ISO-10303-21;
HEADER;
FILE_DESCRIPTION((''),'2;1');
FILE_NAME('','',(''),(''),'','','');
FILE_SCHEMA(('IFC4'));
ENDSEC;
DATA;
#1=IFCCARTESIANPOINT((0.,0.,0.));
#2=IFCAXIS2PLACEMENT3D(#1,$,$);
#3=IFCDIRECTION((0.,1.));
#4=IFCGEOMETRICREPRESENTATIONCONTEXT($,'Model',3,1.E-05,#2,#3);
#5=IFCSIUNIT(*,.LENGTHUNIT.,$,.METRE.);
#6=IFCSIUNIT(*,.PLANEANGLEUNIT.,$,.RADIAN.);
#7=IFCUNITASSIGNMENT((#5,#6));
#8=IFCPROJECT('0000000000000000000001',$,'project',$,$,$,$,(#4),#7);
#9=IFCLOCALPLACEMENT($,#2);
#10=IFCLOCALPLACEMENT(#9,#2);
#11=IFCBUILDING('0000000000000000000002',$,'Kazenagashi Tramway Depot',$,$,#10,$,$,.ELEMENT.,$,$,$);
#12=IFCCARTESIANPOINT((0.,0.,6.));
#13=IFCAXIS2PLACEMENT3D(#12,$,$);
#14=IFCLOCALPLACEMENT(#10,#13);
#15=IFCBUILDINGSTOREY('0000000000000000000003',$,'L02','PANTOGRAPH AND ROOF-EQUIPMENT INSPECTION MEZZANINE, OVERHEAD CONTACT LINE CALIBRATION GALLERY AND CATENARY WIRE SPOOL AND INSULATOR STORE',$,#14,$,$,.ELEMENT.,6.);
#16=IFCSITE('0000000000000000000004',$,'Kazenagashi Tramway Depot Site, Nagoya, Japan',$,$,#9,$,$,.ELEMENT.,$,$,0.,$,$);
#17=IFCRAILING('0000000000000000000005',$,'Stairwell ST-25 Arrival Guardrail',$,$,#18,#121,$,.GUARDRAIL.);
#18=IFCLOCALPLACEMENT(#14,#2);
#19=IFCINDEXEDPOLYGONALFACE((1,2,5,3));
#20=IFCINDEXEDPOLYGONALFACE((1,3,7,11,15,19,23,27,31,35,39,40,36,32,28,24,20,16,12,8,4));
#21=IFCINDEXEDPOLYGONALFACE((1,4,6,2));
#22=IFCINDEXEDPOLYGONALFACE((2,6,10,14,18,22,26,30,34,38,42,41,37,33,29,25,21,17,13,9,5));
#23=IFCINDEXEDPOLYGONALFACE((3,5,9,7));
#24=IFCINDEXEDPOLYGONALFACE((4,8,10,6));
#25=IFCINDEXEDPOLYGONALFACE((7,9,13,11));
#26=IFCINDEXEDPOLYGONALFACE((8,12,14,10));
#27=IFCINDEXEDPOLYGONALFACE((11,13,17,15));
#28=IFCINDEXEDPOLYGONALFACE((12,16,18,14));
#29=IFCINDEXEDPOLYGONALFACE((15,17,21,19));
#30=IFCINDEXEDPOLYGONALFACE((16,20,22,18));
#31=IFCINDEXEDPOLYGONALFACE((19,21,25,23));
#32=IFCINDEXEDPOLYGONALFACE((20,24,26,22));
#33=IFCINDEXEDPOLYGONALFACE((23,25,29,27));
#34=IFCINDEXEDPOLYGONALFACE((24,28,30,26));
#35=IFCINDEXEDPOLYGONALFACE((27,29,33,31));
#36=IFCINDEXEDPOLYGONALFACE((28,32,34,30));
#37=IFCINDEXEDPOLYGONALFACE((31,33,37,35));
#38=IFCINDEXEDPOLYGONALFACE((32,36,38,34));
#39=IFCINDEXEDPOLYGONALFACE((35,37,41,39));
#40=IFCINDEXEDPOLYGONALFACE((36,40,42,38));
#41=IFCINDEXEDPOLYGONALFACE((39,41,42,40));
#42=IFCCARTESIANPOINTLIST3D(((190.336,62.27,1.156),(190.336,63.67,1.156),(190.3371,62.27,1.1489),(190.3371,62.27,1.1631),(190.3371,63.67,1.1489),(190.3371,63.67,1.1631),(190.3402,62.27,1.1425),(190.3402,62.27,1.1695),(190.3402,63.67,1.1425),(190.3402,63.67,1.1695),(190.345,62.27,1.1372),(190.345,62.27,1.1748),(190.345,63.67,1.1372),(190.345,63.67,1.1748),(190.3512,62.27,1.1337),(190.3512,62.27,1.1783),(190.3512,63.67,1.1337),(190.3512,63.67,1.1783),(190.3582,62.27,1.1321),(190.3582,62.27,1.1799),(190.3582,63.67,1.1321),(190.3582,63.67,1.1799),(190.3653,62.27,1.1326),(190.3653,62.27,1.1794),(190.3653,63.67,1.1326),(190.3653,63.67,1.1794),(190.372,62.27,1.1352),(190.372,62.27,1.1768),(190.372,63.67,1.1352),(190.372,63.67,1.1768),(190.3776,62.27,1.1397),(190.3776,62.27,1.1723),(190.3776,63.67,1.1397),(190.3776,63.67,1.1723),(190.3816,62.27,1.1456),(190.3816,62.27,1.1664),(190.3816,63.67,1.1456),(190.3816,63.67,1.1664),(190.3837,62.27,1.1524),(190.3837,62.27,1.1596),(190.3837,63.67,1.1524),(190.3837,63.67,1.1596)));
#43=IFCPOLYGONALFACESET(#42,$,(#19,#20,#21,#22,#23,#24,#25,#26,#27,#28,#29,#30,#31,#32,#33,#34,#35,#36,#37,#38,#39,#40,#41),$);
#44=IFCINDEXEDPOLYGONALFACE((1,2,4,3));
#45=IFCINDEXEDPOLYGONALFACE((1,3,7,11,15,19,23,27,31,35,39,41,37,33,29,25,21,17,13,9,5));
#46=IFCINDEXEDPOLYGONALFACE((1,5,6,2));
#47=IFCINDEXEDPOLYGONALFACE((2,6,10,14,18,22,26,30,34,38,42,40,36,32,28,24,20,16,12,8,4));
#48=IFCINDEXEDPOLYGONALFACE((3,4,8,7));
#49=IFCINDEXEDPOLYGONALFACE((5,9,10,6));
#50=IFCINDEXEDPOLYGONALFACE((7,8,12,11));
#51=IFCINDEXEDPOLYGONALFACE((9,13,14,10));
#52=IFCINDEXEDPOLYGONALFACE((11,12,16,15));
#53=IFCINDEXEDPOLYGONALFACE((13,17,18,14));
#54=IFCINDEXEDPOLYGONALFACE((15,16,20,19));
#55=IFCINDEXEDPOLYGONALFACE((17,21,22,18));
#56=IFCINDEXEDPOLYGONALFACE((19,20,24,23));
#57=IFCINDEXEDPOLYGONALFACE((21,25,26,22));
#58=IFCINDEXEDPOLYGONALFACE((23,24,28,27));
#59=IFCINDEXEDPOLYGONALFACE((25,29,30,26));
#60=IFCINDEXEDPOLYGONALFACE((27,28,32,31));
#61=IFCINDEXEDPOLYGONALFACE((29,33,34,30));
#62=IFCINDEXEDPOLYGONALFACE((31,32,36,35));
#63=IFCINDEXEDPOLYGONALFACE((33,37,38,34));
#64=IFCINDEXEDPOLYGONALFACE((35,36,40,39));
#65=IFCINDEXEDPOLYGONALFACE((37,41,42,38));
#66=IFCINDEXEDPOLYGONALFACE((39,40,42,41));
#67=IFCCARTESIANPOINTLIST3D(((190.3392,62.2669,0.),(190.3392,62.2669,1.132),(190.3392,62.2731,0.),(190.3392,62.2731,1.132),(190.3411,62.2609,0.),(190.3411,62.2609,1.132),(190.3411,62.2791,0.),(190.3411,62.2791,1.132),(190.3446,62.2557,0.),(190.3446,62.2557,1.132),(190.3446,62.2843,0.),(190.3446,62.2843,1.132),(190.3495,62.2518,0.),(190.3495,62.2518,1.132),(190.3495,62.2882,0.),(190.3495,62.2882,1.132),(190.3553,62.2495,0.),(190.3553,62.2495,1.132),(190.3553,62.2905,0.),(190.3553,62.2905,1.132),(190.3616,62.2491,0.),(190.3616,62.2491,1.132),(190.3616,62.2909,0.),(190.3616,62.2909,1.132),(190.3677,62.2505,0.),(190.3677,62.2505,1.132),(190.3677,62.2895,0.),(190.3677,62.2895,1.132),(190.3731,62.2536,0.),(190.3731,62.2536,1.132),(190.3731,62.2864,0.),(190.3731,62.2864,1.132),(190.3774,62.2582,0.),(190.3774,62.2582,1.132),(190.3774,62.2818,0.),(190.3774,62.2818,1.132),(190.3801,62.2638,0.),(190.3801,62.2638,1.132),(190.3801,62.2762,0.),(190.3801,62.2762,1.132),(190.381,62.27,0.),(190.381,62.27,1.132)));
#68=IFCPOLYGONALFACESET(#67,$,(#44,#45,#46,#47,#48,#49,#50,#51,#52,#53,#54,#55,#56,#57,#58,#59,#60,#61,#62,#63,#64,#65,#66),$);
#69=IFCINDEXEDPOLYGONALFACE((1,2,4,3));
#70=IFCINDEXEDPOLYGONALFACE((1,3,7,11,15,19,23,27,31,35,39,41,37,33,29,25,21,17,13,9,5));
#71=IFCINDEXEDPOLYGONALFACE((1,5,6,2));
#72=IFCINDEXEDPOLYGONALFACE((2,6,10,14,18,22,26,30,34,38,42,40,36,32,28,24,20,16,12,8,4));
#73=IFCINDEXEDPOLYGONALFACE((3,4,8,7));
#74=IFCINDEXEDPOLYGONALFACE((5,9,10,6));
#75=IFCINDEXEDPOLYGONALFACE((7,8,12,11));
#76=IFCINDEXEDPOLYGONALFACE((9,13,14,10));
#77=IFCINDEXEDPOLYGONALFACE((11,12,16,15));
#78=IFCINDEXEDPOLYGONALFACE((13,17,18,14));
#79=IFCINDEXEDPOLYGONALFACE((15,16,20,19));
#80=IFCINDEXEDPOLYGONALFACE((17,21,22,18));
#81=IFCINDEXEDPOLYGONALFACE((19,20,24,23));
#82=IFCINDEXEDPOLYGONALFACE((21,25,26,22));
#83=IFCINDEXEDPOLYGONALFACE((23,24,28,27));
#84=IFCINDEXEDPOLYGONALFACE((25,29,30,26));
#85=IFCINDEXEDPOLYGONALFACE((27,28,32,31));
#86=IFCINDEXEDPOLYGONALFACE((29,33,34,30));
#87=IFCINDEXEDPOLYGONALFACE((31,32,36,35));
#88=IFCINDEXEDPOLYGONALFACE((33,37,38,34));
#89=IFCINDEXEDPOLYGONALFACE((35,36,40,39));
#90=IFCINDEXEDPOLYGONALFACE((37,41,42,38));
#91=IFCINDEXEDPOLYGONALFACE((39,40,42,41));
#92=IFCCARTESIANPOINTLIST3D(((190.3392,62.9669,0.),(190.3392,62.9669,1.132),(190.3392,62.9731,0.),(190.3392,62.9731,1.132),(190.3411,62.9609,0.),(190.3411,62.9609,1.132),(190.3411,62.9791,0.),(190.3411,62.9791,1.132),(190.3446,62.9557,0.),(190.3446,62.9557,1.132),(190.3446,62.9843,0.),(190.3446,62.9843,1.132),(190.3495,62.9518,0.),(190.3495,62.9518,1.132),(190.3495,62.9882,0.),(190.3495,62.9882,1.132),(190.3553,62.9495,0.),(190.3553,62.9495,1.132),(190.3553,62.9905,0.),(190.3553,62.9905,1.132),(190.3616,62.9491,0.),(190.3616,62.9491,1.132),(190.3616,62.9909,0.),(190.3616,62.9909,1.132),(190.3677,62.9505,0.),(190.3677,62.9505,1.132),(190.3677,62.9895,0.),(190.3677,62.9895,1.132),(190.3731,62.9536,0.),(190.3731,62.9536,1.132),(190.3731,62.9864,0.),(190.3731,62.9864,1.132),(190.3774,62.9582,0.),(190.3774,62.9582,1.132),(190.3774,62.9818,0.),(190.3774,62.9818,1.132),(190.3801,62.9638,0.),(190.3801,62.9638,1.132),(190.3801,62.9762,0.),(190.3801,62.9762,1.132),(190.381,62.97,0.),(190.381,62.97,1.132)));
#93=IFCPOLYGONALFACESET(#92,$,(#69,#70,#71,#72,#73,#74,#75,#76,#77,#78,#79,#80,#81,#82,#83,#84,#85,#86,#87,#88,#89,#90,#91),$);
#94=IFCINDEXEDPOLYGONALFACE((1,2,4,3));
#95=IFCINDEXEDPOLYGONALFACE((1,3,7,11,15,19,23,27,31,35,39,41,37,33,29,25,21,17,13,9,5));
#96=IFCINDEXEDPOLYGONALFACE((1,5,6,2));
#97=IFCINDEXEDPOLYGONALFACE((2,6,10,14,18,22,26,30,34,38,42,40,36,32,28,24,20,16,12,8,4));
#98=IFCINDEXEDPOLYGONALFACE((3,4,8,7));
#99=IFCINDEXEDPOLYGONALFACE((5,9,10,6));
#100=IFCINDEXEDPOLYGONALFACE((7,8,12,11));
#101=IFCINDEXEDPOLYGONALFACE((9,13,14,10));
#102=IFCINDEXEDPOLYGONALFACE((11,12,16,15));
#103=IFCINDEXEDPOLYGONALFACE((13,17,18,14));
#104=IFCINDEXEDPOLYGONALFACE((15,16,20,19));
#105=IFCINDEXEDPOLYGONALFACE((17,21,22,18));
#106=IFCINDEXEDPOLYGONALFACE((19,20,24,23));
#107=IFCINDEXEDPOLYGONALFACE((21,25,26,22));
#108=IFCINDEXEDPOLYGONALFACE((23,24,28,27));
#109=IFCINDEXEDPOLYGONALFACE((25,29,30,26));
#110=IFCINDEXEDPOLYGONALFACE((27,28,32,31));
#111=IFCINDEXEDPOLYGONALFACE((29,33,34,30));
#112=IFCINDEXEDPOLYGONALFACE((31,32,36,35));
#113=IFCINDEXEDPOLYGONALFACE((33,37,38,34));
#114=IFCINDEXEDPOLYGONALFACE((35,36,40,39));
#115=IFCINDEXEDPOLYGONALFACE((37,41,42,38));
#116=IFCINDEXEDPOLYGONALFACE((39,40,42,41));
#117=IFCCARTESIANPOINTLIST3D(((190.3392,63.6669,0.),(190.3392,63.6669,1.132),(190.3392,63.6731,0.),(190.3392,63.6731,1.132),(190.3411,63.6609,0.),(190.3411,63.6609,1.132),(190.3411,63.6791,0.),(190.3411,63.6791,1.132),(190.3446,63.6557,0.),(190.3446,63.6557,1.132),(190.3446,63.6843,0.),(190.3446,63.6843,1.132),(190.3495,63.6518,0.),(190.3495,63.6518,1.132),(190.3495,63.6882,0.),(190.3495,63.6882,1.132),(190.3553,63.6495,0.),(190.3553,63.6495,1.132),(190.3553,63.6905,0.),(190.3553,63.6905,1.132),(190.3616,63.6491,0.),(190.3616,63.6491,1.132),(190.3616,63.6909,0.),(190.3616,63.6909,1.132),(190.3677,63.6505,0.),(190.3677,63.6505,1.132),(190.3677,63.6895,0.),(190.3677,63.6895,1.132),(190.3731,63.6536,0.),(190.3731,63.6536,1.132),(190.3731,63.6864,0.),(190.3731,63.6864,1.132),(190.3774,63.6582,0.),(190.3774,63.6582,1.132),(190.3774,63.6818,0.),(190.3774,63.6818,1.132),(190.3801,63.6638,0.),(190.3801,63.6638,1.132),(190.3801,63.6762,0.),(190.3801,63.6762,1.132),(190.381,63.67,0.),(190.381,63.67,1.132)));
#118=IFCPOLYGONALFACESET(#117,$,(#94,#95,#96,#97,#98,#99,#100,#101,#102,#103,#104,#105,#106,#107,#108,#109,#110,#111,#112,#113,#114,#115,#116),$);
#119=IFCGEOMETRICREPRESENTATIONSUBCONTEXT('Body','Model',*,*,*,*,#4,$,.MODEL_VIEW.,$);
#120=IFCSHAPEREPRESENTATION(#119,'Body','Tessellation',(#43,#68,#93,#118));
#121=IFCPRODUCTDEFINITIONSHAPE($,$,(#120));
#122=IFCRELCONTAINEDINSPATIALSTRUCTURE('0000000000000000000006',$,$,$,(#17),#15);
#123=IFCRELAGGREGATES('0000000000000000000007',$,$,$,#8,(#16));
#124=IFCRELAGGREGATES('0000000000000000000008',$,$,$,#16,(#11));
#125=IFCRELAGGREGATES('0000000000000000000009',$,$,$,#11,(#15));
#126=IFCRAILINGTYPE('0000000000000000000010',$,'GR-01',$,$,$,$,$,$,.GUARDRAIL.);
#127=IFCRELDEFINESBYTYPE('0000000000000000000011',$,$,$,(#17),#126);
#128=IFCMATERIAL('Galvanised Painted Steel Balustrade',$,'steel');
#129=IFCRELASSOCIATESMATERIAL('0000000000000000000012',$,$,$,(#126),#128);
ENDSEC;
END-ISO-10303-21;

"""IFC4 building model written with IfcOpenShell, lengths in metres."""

from ifc_helpers import new_model, si_unit, direction, frame, origin, origin_2d, place, context, subcontext, project, spatial, circle, extrude, material, type_object, element, save


model = new_model("IFC4")

# Units and contexts
model_context = context("Model", 3, precision=1e-05, world=origin(), true_north=direction((0.0, 1.0)))
body_context = subcontext(model_context, "Body", "Model", "MODEL_VIEW")
ifc_project = project(units=[si_unit("LENGTHUNIT", "METRE"), si_unit("PLANEANGLEUNIT", "RADIAN")], contexts=[model_context])

# Site, building, storey
site_placement = place(None, origin())
site = spatial("IfcSite", under=ifc_project, at=site_placement, Name="Kazenagashi Tramway Depot Site, Nagoya, Japan", CompositionType="ELEMENT", RefElevation=0.0)
building_placement = place(site_placement, origin())
building = spatial("IfcBuilding", under=site, at=building_placement, Name="Kazenagashi Tramway Depot", CompositionType="ELEMENT")
storey_placement = place(building_placement, frame((0.0, 0.0, 6.0)))
storey = spatial("IfcBuildingStorey", under=building, at=storey_placement, Name="L02", Description="PANTOGRAPH AND ROOF-EQUIPMENT INSPECTION MEZZANINE, OVERHEAD CONTACT LINE CALIBRATION GALLERY AND CATENARY WIRE SPOOL AND INSULATOR STORE", CompositionType="ELEMENT", Elevation=6.0)

# Railing
ifc_material_1 = material(Name="Galvanised Painted Steel Balustrade", Category="steel")
railing_type = type_object("IfcRailingType", Name="GR-01", PredefinedType="GUARDRAIL", material=ifc_material_1)
railing_placement = place(storey_placement, frame((190.36, 62.27, 0.0)))
element("IfcRailing", 1, at=railing_placement, inside=storey, type_object=railing_type, Name="Stairwell ST-25 Arrival Guardrail", PredefinedType="GUARDRAIL", context=body_context, shape_type="SweptSolid", body=[
    extrude(circle(Radius=0.024, at=origin_2d()), frame((0.0, 0.0, 1.156), z_axis=(0.0, 1.0, 0.0), x_axis=(-1.0, 0.0, 0.0)), (0.0, 0.0, 1.0), 1.4),
    extrude(circle(Radius=0.021, at=origin_2d()), origin(), (0.0, 0.0, 1.0), 1.132),
    extrude(circle(Radius=0.021, at=origin_2d()), frame((0.0, 0.7, 0.0)), (0.0, 0.0, 1.0), 1.132),
    extrude(circle(Radius=0.021, at=origin_2d()), frame((0.0, 1.4, 0.0)), (0.0, 0.0, 1.0), 1.132),
])

save(model, "model.ifc")
